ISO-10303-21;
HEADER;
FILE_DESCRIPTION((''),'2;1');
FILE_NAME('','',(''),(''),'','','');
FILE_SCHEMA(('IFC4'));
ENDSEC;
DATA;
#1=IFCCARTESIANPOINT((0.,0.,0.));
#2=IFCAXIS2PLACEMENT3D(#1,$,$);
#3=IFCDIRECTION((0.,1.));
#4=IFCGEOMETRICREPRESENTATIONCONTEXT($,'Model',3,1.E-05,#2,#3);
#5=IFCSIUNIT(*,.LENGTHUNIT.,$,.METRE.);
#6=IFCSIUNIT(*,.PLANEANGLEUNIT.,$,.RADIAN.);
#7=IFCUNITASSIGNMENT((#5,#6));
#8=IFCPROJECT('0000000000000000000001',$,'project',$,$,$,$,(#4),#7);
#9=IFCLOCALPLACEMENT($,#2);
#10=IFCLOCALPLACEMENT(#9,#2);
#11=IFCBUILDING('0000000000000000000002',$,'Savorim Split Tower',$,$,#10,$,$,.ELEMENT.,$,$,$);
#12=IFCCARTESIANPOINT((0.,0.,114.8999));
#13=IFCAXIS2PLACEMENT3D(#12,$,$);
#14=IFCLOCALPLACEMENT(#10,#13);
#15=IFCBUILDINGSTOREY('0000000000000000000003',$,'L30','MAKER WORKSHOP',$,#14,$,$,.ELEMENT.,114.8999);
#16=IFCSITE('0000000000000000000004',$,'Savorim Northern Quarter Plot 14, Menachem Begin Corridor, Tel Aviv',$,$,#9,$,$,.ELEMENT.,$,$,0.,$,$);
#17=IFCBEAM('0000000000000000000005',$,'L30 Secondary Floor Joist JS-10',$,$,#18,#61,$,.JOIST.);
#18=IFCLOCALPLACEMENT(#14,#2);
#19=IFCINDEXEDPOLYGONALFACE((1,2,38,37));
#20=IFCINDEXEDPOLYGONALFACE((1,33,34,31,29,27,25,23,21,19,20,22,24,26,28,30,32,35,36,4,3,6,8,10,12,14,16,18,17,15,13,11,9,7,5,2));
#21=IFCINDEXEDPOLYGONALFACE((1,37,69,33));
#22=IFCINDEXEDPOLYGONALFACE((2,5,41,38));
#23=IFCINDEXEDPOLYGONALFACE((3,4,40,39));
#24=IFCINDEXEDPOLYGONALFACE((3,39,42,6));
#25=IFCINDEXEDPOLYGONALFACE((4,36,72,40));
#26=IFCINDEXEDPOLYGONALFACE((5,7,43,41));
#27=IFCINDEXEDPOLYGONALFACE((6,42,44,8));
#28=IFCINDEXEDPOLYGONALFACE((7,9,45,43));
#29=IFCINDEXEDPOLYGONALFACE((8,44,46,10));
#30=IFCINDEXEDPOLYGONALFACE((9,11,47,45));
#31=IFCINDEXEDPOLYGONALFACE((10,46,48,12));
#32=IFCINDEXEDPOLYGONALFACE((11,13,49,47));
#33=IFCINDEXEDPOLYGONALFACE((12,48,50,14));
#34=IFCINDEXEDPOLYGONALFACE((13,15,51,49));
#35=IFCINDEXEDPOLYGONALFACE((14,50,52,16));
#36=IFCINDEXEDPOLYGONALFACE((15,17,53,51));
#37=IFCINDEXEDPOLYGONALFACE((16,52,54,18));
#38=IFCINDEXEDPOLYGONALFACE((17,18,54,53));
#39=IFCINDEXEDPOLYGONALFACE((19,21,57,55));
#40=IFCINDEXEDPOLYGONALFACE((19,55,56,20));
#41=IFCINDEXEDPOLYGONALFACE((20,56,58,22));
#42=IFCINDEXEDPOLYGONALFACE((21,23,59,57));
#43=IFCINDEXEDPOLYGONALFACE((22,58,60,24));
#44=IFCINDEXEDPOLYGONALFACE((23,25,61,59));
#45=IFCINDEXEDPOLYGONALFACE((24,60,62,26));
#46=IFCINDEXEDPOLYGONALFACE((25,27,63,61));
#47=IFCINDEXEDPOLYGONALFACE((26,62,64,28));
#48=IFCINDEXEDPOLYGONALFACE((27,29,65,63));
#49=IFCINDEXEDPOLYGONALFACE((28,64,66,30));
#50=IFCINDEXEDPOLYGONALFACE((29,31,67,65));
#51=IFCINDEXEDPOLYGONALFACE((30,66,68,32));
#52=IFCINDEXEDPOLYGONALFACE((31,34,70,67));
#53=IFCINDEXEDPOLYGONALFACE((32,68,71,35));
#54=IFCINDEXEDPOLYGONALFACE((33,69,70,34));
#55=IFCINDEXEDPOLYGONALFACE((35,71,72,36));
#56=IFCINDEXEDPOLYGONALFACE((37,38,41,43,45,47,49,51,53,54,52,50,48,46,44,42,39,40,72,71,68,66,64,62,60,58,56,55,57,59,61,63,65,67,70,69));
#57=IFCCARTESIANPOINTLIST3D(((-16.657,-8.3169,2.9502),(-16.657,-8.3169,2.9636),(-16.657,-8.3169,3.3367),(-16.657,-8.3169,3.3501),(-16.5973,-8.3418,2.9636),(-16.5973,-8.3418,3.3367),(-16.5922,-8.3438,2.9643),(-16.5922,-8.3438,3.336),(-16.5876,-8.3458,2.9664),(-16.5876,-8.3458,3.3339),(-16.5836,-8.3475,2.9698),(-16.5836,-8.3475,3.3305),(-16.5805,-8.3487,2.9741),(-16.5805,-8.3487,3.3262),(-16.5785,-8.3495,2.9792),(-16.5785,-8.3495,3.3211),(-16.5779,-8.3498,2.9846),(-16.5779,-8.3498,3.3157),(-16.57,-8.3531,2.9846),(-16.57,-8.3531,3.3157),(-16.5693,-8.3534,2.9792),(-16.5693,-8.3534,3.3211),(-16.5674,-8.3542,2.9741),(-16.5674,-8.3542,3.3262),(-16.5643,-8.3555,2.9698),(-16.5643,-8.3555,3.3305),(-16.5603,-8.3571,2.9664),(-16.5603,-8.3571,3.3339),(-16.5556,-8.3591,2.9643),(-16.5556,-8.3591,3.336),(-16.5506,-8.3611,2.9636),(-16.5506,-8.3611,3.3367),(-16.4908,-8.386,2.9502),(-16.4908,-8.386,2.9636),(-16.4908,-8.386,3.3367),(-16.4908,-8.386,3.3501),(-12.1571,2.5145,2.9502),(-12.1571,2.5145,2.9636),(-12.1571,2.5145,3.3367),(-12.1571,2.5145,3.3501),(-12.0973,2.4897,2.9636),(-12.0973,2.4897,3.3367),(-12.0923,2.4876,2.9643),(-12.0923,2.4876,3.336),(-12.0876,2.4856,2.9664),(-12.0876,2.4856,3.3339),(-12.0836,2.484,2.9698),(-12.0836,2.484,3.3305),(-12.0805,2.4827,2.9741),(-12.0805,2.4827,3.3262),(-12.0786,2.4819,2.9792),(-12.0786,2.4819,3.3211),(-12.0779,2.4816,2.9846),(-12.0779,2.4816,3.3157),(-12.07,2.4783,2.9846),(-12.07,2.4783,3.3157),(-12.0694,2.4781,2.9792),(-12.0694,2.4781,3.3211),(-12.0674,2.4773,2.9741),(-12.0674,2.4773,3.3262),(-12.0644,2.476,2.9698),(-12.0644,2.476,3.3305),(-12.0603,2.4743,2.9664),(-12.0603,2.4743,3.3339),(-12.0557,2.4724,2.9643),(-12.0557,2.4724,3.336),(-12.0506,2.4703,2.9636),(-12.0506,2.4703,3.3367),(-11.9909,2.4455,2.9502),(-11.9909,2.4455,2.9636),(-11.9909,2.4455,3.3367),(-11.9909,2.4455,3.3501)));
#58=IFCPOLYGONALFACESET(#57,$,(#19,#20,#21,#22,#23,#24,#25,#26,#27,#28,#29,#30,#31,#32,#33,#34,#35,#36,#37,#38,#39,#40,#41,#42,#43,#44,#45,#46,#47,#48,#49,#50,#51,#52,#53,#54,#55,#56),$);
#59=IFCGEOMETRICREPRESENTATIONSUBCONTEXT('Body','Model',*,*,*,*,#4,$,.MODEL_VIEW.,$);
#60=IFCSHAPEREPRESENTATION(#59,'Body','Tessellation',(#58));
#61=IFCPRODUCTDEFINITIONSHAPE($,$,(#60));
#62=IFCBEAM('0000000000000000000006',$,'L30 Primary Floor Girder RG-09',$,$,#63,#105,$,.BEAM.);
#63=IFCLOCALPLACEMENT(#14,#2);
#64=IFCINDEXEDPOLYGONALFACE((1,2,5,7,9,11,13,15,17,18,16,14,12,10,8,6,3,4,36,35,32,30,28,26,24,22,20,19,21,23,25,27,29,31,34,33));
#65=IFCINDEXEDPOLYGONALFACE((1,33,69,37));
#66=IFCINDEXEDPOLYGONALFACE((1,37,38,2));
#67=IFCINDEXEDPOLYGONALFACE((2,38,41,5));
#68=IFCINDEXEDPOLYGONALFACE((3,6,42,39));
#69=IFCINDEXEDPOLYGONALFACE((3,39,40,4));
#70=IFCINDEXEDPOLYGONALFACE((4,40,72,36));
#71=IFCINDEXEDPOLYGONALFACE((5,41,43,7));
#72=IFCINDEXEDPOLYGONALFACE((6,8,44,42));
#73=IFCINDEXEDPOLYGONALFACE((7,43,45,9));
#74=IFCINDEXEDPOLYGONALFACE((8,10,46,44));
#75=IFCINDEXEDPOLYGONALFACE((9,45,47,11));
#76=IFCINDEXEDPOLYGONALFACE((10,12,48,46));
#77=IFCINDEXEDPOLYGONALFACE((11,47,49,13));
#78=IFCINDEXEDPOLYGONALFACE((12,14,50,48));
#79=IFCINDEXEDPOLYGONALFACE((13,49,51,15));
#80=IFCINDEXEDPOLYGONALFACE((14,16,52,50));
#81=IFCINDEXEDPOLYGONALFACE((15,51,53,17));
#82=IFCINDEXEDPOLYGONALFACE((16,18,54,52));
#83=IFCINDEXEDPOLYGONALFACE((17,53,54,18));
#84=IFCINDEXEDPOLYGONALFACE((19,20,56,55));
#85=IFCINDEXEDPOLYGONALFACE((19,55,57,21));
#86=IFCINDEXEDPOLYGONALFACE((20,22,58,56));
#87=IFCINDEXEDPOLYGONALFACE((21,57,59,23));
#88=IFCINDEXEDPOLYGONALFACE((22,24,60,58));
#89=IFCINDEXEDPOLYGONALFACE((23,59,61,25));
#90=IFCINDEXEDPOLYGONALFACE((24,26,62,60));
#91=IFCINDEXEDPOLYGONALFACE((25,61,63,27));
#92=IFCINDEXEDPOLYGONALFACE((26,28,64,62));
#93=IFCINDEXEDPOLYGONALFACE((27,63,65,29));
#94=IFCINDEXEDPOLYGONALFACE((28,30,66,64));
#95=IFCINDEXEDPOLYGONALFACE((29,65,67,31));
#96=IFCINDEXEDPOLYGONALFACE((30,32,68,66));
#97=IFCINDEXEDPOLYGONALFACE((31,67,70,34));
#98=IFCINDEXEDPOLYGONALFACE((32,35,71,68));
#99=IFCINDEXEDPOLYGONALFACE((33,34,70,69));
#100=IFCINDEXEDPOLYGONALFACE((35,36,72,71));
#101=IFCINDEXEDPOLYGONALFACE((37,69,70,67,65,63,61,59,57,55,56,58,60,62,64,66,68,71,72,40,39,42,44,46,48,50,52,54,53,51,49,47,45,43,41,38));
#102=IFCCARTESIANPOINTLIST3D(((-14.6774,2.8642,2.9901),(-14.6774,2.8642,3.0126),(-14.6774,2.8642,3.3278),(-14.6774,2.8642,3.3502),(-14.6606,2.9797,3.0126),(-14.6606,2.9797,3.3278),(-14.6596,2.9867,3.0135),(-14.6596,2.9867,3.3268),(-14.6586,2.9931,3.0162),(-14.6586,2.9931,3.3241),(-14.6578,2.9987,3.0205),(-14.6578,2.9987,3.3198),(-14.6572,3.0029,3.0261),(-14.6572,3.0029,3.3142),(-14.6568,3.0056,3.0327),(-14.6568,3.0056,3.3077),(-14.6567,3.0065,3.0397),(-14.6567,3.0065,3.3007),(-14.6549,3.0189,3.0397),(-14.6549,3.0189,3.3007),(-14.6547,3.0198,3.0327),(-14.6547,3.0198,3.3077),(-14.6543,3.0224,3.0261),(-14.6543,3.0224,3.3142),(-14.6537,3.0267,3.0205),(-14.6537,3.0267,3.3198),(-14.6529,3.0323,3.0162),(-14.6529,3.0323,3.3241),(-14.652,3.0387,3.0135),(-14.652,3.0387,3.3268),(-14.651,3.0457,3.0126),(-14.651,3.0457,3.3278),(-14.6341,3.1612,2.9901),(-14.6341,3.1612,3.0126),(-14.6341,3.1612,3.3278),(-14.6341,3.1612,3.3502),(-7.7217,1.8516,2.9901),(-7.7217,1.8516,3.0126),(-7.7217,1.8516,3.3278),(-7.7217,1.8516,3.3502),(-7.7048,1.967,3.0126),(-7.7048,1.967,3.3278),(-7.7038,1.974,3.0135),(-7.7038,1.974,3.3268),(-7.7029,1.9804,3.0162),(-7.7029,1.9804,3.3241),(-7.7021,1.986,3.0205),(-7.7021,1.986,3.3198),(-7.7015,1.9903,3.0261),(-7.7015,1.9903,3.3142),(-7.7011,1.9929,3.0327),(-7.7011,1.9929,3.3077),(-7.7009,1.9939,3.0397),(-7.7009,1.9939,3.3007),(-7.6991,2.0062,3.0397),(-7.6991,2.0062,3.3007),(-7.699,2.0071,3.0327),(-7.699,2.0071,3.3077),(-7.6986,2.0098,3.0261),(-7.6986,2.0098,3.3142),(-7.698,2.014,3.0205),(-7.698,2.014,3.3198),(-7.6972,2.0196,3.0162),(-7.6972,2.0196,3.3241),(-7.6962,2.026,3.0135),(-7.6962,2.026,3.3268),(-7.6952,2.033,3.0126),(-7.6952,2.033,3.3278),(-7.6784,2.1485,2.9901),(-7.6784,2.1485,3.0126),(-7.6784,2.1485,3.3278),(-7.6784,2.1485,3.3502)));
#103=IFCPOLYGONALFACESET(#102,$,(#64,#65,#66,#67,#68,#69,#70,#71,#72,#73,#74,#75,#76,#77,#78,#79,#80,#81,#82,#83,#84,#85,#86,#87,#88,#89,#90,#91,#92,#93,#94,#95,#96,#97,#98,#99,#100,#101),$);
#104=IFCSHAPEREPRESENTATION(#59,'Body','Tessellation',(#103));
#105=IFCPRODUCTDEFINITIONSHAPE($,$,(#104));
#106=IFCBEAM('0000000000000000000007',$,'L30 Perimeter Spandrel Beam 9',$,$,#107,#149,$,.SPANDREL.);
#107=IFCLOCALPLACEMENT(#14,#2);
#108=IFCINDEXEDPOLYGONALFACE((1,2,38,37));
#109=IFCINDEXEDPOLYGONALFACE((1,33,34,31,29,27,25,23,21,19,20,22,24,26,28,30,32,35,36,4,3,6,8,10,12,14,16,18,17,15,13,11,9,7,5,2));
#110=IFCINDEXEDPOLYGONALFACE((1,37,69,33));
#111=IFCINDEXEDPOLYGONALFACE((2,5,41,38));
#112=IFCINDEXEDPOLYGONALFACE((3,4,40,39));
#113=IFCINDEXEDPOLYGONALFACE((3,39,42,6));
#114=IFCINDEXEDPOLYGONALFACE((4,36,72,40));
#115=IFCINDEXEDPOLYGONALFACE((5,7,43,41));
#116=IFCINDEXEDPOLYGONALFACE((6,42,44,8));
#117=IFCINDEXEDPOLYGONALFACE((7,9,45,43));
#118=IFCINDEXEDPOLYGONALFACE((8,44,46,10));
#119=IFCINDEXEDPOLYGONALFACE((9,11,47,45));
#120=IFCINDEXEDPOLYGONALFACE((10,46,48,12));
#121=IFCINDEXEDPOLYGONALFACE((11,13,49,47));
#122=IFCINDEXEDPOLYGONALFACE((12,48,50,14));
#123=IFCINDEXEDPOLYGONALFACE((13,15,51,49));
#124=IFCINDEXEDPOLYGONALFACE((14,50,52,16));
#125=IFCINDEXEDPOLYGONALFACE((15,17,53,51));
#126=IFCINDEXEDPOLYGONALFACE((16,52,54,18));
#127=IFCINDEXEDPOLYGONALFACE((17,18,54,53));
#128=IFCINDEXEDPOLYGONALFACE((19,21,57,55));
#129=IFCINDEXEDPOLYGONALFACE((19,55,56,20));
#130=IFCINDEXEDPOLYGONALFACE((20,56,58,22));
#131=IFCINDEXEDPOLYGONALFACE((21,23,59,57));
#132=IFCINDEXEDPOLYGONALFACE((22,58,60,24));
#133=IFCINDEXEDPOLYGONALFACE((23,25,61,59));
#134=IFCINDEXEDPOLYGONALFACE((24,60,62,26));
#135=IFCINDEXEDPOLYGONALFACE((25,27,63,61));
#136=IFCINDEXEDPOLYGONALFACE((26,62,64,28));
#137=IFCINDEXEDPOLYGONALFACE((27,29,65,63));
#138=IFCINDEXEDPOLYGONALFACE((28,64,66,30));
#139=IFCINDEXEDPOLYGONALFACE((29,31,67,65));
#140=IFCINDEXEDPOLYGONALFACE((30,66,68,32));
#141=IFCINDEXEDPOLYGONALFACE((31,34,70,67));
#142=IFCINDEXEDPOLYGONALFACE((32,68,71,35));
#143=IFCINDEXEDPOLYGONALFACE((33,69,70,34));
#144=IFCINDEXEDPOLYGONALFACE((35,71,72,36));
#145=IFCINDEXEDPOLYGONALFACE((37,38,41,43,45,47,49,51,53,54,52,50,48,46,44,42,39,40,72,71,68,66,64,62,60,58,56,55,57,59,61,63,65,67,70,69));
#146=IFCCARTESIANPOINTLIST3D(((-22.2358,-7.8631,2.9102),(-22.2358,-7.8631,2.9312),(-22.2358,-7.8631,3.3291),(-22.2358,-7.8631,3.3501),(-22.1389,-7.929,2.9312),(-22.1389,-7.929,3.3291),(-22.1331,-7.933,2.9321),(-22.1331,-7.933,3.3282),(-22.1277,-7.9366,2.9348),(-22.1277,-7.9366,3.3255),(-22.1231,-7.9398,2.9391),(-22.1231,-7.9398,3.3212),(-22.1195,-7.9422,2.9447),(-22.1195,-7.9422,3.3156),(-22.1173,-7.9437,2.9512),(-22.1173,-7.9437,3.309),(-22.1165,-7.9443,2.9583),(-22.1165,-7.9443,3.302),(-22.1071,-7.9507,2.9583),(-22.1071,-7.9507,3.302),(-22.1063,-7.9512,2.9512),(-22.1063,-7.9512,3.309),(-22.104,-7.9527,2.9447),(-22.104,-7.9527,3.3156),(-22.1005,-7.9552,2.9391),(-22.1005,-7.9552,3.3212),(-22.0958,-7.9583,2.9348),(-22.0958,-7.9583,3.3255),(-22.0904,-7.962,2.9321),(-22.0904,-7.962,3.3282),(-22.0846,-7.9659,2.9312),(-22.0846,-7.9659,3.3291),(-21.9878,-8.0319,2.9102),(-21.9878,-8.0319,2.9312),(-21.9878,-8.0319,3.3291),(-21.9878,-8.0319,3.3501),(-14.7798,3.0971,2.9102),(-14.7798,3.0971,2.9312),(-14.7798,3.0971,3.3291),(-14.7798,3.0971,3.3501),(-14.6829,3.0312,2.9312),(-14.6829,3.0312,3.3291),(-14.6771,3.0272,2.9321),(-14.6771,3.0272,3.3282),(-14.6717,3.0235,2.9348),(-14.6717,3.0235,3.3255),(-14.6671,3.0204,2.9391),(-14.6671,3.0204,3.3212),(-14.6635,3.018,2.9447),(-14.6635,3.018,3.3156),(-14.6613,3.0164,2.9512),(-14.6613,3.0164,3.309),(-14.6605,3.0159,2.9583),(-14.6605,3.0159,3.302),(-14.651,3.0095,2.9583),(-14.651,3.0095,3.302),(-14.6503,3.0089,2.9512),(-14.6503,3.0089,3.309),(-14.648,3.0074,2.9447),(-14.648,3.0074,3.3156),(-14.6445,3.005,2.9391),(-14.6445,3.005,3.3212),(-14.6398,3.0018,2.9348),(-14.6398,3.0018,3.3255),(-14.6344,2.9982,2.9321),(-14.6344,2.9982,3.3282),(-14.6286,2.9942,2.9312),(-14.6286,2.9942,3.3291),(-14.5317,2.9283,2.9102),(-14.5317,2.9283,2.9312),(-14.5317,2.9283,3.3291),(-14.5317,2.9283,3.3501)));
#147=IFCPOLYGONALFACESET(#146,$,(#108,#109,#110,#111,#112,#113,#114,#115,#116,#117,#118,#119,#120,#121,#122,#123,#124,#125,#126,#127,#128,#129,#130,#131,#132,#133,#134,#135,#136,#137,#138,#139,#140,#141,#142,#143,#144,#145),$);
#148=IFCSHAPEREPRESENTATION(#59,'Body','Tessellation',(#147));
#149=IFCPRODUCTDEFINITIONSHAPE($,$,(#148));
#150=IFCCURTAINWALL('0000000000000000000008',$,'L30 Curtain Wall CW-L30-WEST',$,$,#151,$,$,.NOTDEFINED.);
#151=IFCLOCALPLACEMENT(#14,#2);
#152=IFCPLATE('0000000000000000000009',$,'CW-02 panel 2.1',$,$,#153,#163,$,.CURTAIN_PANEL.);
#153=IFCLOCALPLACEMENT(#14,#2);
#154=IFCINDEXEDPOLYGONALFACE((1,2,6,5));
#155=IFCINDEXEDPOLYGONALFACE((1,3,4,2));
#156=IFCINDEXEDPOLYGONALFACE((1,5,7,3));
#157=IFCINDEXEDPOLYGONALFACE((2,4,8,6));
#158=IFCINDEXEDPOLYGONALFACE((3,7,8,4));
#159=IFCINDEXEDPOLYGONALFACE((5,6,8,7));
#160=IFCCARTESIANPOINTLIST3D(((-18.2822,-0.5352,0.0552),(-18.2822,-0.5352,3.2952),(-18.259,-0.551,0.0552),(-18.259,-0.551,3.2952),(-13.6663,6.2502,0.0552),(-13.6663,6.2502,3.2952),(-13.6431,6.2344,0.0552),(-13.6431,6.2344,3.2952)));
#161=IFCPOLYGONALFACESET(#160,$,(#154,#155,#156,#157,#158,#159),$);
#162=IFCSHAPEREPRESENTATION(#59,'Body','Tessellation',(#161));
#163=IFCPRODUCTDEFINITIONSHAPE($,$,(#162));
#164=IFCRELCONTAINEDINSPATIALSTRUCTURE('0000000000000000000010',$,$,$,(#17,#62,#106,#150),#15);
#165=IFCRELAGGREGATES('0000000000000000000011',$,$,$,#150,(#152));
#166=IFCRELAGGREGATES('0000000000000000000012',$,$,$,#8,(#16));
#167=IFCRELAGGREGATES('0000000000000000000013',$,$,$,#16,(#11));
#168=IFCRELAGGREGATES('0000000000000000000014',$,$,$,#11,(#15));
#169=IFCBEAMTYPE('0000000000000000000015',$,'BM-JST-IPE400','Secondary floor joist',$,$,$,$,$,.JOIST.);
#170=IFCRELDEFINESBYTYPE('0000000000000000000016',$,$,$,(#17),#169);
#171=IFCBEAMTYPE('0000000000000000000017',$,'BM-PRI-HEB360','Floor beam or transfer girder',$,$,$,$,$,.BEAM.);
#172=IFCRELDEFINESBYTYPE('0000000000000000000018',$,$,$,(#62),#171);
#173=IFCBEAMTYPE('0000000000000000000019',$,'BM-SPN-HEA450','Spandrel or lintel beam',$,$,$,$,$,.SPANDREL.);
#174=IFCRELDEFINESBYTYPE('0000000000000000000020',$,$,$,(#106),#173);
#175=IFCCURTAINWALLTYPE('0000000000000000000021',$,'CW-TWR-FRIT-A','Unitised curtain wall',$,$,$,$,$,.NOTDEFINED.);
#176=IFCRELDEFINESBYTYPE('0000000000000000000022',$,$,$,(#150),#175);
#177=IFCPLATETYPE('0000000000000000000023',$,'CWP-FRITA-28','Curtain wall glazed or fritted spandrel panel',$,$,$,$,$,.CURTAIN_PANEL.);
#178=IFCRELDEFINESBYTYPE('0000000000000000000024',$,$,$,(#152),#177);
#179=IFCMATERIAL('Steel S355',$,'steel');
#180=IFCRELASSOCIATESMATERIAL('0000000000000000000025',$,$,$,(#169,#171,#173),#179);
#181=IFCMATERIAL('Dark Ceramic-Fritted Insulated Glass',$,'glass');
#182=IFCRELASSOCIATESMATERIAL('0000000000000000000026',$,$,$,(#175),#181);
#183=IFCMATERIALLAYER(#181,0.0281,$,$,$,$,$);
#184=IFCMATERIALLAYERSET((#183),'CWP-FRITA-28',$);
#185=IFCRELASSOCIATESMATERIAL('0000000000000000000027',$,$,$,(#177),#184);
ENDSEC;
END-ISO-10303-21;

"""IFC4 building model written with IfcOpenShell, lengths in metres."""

from ifc_helpers import new_model, si_unit, direction, frame, origin, origin_2d, place, context, subcontext, project, spatial, rectangle, i_section, extrude, material, layer, layer_set, material_profile, profile_set, type_object, element, aggregate, save


model = new_model("IFC4")

# Units and contexts
model_context = context("Model", 3, precision=1e-05, world=origin(), true_north=direction((0.0, 1.0)))
body_context = subcontext(model_context, "Body", "Model", "MODEL_VIEW")
ifc_project = project(units=[si_unit("LENGTHUNIT", "METRE"), si_unit("PLANEANGLEUNIT", "RADIAN")], contexts=[model_context])

# Site, building, storey
site_placement = place(None, origin())
site = spatial("IfcSite", under=ifc_project, at=site_placement, Name="Savorim Northern Quarter Plot 14, Menachem Begin Corridor, Tel Aviv", CompositionType="ELEMENT", RefElevation=0.0)
building_placement = place(site_placement, origin())
building = spatial("IfcBuilding", under=site, at=building_placement, Name="Savorim Split Tower", CompositionType="ELEMENT")
storey_placement = place(building_placement, frame((0.0, 0.0, 114.8999)))
storey = spatial("IfcBuildingStorey", under=building, at=storey_placement, Name="L30", Description="MAKER WORKSHOP", CompositionType="ELEMENT", Elevation=114.8999)

# Beams
ifc_material_1 = material(Name="Steel S355", Category="steel")
ifc_material_profile_1 = material_profile(ifc_material_1, i_section(OverallWidth=0.1799, OverallDepth=0.3999, WebThickness=0.0085, FlangeThickness=0.0134, FilletRadius=0.021, at=origin_2d()), Name="IPE 400")
ifc_profile_set_1 = profile_set([ifc_material_profile_1], Name="Steel S355")
beam_type_1 = type_object("IfcBeamType", Name="BM-JST-IPE400", Description="Secondary floor joist", PredefinedType="JOIST", material=ifc_profile_set_1)
beam_1_placement = place(storey_placement, frame((-12.074, 2.48, 3.1501), z_axis=(-0.38366, -0.923474, 0.0), x_axis=(0.923474, -0.38366, 0.0)))
element("IfcBeam", 1, at=beam_1_placement, inside=storey, type_object=beam_type_1, Name="L30 Secondary Floor Joist JS-10", PredefinedType="JOIST", context=body_context, shape_type="SweptSolid", body=[
    extrude(i_section(OverallWidth=0.1799, OverallDepth=0.3999, WebThickness=0.0085, FlangeThickness=0.0134, FilletRadius=0.021, at=origin_2d()), origin(), (0.0, 0.0, 1.0), 11.729),
])
ifc_material_profile_2 = material_profile(ifc_material_1, i_section(OverallWidth=0.3, OverallDepth=0.3601, WebThickness=0.0125, FlangeThickness=0.0225, FilletRadius=0.0271, at=origin_2d()), Name="HEB 360")
ifc_profile_set_2 = profile_set([ifc_material_profile_2], Name="Steel S355")
beam_type_2 = type_object("IfcBeamType", Name="BM-PRI-HEB360", Description="Floor beam or transfer girder", PredefinedType="BEAM", material=ifc_profile_set_2)
beam_2_placement = place(storey_placement, frame((-14.6558, 3.0127, 3.1702), z_axis=(0.989567, -0.144071, 0.0), x_axis=(0.144071, 0.989567, 0.0)))
element("IfcBeam", 2, at=beam_2_placement, inside=storey, type_object=beam_type_2, Name="L30 Primary Floor Girder RG-09", PredefinedType="BEAM", context=body_context, shape_type="SweptSolid", body=[
    extrude(i_section(OverallWidth=0.3, OverallDepth=0.3601, WebThickness=0.0125, FlangeThickness=0.0225, FilletRadius=0.0271, at=origin_2d()), origin(), (0.0, 0.0, 1.0), 7.0291),
])
ifc_material_profile_3 = material_profile(ifc_material_1, i_section(OverallWidth=0.3, OverallDepth=0.4399, WebThickness=0.0115, FlangeThickness=0.021, FilletRadius=0.0271, at=origin_2d()), Name="HEA 450")
ifc_profile_set_3 = profile_set([ifc_material_profile_3], Name="Steel S355")
beam_type_3 = type_object("IfcBeamType", Name="BM-SPN-HEA450", Description="Spandrel or lintel beam", PredefinedType="SPANDREL", material=ifc_profile_set_3)
beam_3_placement = place(storey_placement, frame((-14.6558, 3.0127, 3.1301), z_axis=(-0.562471, -0.826817, 0.0), x_axis=(0.826817, -0.562471, 0.0)))
element("IfcBeam", 3, at=beam_3_placement, inside=storey, type_object=beam_type_3, Name="L30 Perimeter Spandrel Beam 9", PredefinedType="SPANDREL", context=body_context, shape_type="SweptSolid", body=[
    extrude(i_section(OverallWidth=0.3, OverallDepth=0.4399, WebThickness=0.0115, FlangeThickness=0.021, FilletRadius=0.0271, at=origin_2d()), origin(), (0.0, 0.0, 1.0), 13.2559),
])

# Curtain wall, plate
ifc_material_2 = material(Name="Dark Ceramic-Fritted Insulated Glass", Category="glass")
curtain_wall_type = type_object("IfcCurtainWallType", Name="CW-TWR-FRIT-A", Description="Unitised curtain wall", PredefinedType="NOTDEFINED", material=ifc_material_2)
curtain_wall_placement = place(storey_placement, origin())
curtain_wall = element("IfcCurtainWall", 4, at=curtain_wall_placement, inside=storey, type_object=curtain_wall_type, Name="L30 Curtain Wall CW-L30-WEST", PredefinedType="NOTDEFINED")
ifc_layer_1 = layer(ifc_material_2, 0.0281)
ifc_layer_set_1 = layer_set([ifc_layer_1], Name="CWP-FRITA-28")
plate_type = type_object("IfcPlateType", Name="CWP-FRITA-28", Description="Curtain wall glazed or fritted spandrel panel", PredefinedType="CURTAIN_PANEL", material=ifc_layer_set_1)
plate_placement = place(storey_placement, frame((-15.9626, 2.8496, 0.0552), z_axis=(0.0, 0.0, 1.0), x_axis=(-0.562467, -0.82682, 0.0)))
plate = element("IfcPlate", 5, at=plate_placement, type_object=plate_type, Name="CW-02 panel 2.1", PredefinedType="CURTAIN_PANEL", context=body_context, shape_type="SweptSolid", body=[
    extrude(rectangle(XDim=8.2065, YDim=0.0281, at=origin_2d()), origin(), (0.0, 0.0, 1.0), 3.24),
])
aggregate(curtain_wall, [plate])

save(model, "model.ifc")
